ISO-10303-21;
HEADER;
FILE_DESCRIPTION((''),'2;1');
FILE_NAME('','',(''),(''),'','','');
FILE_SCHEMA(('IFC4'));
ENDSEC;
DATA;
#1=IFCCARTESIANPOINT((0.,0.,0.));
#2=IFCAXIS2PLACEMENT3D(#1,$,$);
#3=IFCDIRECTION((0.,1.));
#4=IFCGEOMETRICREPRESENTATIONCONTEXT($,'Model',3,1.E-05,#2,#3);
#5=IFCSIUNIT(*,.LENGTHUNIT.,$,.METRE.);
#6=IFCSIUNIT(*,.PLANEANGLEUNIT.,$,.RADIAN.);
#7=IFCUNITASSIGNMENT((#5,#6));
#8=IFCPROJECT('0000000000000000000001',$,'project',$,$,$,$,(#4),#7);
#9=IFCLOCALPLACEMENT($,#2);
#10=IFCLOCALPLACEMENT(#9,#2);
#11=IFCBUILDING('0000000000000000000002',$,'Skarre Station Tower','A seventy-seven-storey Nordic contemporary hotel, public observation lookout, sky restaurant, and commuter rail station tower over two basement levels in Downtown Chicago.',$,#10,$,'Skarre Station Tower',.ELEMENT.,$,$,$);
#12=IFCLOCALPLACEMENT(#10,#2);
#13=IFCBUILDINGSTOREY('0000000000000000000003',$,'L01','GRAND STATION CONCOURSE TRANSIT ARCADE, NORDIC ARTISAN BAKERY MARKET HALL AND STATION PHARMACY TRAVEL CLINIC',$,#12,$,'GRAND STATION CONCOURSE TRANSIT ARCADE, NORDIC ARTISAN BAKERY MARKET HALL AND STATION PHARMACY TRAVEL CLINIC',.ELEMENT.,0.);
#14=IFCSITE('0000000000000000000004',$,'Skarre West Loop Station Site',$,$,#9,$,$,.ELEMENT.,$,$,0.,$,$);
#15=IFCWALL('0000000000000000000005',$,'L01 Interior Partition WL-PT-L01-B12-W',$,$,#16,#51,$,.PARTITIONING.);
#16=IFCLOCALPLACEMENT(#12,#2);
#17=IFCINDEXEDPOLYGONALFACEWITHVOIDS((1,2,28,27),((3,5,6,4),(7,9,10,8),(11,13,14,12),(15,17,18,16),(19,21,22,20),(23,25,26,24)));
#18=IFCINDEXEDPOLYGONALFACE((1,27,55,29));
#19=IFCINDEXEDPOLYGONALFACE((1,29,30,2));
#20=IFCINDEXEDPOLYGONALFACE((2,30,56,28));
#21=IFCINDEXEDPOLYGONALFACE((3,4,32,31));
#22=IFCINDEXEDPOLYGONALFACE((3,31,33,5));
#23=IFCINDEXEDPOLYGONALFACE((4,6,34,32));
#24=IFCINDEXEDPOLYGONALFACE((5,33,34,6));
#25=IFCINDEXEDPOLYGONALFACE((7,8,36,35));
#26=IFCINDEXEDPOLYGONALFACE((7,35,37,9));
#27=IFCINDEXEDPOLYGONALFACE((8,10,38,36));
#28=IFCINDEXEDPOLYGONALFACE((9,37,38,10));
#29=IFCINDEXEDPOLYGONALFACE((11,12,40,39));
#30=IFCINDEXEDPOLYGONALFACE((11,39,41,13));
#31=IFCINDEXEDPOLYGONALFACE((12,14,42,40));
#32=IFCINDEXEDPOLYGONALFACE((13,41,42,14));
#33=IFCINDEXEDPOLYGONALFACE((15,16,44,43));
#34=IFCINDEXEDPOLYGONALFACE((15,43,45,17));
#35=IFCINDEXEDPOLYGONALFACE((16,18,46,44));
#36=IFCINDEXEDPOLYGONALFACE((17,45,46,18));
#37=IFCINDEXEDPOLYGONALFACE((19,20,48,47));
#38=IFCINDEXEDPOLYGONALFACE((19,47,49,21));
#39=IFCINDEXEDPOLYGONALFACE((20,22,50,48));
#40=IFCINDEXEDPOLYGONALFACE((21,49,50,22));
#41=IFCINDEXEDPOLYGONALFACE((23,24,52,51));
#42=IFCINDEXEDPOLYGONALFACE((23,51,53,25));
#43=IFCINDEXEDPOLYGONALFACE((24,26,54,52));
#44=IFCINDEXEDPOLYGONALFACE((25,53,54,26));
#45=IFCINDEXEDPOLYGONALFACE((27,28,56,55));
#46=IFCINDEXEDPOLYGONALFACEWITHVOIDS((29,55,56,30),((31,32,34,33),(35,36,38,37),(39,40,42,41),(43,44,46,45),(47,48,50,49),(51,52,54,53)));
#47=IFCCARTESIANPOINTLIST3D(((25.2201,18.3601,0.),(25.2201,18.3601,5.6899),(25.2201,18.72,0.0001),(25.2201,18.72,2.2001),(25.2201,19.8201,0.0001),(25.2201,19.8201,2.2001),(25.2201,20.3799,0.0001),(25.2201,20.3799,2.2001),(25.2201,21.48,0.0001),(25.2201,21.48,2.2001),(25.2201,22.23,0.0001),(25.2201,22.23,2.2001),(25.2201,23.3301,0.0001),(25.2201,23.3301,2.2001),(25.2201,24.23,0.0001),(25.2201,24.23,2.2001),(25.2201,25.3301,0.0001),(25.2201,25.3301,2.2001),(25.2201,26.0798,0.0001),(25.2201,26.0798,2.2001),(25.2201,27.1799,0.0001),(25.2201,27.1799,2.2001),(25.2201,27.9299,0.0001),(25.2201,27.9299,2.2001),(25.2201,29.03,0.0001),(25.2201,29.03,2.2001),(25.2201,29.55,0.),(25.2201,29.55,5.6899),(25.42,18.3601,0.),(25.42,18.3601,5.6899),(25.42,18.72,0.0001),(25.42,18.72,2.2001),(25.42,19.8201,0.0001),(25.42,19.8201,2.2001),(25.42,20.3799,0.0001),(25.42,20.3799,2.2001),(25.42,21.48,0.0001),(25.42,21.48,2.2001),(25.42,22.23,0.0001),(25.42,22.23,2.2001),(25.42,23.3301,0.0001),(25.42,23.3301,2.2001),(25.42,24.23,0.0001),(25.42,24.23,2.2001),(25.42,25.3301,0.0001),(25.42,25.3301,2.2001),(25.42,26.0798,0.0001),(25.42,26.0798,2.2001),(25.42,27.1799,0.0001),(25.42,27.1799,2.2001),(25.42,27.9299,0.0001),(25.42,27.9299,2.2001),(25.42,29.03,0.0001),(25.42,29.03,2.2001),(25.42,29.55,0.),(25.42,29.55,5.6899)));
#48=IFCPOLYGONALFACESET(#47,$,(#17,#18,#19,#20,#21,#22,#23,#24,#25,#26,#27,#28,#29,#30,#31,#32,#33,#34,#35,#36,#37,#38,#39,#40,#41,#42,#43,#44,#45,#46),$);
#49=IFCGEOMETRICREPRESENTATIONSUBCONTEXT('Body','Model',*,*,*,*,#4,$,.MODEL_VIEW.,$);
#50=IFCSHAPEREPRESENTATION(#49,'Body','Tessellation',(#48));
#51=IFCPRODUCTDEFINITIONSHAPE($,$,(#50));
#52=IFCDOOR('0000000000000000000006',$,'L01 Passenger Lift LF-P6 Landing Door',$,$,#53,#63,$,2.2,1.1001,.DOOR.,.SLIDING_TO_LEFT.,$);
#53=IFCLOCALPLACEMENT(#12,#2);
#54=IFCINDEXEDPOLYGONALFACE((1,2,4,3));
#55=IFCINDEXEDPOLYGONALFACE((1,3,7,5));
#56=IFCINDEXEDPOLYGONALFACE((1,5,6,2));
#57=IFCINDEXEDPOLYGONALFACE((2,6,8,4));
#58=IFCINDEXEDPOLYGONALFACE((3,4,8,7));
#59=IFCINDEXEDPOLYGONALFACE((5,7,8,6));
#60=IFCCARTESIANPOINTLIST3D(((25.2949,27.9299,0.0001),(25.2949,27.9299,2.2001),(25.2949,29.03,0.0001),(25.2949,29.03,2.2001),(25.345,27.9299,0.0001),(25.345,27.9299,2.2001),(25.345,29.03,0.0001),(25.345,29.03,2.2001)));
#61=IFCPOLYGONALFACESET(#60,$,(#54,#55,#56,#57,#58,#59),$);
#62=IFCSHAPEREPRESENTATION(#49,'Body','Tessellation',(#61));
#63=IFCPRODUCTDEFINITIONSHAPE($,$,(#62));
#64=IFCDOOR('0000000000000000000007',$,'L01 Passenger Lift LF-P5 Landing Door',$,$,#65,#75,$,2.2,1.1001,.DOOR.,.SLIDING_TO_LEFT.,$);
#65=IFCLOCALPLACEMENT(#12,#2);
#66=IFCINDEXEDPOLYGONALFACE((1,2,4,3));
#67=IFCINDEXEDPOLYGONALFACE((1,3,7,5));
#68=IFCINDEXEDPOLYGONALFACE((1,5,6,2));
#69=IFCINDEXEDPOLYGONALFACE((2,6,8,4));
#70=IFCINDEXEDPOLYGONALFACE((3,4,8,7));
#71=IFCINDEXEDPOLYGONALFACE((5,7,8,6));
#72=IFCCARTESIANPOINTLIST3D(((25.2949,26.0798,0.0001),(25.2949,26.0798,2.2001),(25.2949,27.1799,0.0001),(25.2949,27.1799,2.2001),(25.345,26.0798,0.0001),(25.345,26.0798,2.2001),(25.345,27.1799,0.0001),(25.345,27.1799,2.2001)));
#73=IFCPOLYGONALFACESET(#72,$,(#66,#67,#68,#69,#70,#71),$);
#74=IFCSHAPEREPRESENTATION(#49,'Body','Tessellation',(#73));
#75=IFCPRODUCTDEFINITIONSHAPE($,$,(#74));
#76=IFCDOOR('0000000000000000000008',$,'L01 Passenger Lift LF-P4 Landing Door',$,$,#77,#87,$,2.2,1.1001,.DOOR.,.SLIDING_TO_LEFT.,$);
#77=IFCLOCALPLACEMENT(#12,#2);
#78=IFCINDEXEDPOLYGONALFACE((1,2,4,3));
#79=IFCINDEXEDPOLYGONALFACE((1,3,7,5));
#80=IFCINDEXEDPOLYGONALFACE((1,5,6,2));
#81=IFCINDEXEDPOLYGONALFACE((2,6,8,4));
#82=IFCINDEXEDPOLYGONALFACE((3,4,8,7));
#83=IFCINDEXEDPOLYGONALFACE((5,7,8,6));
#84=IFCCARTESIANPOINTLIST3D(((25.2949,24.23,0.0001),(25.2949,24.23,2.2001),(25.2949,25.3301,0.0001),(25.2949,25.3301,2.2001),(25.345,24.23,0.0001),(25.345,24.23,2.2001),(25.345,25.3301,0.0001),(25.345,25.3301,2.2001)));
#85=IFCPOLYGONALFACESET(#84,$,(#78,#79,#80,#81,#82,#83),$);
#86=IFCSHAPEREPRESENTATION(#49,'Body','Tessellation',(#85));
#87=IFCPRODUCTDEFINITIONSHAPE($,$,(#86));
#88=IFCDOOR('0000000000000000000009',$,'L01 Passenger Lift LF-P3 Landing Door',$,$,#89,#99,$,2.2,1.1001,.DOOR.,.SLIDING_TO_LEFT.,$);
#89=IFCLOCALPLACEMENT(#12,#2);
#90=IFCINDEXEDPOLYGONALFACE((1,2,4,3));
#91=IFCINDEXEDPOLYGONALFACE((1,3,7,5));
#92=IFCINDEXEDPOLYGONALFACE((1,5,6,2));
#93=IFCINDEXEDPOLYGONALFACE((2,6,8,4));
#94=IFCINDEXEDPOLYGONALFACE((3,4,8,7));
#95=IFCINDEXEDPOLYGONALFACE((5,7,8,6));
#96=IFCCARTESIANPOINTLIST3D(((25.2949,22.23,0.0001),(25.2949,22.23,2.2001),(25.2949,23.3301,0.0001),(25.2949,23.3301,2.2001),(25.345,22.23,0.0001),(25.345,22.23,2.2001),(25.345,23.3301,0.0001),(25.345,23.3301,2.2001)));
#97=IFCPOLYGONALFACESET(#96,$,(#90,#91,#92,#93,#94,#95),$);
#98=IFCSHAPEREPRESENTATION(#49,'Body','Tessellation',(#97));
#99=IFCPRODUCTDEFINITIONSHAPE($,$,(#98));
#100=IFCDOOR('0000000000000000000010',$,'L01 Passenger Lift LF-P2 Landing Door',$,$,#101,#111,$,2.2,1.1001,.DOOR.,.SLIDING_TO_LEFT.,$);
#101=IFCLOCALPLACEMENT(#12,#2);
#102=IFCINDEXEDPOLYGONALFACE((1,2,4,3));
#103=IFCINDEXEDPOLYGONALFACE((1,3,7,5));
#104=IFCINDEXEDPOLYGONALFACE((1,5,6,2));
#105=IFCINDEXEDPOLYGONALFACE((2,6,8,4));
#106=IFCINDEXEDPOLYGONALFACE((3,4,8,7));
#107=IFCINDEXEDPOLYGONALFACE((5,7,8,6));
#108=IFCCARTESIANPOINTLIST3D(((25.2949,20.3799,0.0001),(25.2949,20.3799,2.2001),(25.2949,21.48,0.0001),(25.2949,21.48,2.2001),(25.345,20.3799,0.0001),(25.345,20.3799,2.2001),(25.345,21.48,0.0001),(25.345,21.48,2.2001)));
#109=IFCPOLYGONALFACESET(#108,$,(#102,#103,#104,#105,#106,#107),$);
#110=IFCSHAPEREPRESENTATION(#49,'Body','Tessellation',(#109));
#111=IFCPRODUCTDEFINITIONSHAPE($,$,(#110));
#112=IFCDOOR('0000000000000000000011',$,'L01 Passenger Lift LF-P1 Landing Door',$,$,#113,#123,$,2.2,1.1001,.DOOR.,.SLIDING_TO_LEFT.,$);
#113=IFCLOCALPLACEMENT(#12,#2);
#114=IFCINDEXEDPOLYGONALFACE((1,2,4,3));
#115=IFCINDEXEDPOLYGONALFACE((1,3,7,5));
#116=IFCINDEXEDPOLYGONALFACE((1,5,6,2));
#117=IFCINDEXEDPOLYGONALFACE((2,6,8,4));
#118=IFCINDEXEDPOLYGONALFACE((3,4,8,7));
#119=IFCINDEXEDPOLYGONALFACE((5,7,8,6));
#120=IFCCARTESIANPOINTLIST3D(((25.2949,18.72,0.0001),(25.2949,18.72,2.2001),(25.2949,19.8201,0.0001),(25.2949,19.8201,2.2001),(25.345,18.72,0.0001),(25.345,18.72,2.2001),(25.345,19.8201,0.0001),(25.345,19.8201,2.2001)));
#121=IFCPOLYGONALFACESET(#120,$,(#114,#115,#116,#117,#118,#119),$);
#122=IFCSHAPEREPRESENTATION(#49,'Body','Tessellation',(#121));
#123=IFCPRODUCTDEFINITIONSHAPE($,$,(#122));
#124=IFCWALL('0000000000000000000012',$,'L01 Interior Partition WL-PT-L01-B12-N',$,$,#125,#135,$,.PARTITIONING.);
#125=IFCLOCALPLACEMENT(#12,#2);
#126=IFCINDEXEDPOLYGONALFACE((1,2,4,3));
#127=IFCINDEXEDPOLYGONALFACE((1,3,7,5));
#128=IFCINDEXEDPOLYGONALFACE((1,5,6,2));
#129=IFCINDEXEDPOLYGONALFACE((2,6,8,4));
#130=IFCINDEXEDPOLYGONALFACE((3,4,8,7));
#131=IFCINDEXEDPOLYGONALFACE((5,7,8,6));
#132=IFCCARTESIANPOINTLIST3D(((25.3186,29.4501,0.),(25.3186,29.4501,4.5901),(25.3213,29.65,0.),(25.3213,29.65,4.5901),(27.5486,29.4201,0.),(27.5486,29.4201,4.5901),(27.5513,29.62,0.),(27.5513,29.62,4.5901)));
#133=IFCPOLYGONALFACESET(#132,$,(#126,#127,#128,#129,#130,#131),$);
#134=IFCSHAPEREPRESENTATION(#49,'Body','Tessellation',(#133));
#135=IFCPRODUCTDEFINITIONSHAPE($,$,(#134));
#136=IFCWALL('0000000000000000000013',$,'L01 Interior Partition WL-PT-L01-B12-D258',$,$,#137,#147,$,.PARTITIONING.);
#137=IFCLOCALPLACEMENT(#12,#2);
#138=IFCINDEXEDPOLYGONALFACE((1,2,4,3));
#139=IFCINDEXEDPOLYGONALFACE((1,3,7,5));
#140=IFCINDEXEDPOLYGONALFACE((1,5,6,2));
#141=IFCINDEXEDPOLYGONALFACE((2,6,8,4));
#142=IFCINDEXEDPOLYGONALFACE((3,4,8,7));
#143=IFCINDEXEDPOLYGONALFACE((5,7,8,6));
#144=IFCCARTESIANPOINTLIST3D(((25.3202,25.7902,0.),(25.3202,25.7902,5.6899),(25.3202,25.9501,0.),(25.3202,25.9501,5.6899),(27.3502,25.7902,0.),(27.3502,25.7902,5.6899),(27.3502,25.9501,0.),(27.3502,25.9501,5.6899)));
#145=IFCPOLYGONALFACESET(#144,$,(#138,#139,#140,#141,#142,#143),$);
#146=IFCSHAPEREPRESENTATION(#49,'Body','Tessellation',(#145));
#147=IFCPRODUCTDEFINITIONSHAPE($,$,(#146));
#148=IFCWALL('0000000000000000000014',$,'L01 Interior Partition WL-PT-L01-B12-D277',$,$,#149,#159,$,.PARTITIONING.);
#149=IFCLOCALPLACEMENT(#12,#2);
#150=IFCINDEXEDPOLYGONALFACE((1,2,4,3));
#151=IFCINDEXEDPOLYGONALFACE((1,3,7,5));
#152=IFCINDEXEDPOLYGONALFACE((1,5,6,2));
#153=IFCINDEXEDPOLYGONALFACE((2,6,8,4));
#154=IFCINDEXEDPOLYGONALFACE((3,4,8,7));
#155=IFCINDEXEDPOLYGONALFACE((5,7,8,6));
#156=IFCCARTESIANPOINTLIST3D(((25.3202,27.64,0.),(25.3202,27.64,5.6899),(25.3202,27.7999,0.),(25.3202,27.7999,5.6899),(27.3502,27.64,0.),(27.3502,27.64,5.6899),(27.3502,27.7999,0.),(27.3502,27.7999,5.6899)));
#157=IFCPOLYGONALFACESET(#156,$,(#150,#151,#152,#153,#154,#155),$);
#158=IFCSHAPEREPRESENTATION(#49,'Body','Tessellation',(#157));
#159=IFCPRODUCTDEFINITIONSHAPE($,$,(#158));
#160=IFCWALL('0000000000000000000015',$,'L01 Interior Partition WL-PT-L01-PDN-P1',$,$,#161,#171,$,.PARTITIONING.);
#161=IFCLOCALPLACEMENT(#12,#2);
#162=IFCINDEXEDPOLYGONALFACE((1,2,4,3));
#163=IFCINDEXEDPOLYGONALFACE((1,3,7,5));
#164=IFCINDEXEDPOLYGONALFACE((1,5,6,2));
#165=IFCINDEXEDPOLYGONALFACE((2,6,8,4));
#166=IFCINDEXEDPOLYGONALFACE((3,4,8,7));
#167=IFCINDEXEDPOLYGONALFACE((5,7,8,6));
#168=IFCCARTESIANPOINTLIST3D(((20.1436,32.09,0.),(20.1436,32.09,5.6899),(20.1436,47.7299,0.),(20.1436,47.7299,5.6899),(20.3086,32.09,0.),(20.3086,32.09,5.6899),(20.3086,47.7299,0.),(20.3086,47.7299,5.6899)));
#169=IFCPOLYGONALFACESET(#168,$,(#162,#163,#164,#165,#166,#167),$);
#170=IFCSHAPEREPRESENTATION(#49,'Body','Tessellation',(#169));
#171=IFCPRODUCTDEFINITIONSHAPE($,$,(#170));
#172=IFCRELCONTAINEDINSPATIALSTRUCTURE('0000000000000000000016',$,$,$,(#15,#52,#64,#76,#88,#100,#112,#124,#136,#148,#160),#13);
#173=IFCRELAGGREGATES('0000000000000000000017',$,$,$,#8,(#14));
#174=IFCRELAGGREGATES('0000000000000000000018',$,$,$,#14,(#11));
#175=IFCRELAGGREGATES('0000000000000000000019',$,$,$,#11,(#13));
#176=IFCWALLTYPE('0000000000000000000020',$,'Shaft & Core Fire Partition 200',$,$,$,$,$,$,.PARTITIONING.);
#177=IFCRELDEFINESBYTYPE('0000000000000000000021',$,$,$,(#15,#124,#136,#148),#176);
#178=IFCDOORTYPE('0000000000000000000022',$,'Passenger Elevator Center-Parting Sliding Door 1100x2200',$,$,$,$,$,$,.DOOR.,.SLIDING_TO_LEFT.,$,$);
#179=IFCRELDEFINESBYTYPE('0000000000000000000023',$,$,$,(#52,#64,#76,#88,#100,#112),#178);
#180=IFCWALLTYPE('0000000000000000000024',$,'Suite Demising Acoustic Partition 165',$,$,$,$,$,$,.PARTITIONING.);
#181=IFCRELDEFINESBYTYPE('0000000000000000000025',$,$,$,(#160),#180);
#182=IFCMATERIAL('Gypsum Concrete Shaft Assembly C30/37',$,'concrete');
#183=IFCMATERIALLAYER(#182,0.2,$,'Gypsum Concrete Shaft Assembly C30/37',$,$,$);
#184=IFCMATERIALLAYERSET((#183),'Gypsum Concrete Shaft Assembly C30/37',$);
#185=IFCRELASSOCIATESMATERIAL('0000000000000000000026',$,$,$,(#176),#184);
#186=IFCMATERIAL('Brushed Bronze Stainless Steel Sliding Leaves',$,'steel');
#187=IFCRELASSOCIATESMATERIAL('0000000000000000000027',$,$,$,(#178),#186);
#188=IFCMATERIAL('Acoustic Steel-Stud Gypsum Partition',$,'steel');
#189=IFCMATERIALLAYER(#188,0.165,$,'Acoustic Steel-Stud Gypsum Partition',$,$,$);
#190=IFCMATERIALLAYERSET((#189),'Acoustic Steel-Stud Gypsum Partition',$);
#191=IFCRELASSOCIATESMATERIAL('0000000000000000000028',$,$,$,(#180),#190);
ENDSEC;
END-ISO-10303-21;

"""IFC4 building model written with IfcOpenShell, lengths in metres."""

from ifc_helpers import new_model, si_unit, direction, frame, frame_2d, origin, place, context, subcontext, project, spatial, rectangle, extrude, material, layer, layer_set, type_object, element, fill, save


model = new_model("IFC4")

# Units and contexts
model_context = context("Model", 3, precision=1e-05, world=origin(), true_north=direction((0.0, 1.0)))
body_context = subcontext(model_context, "Body", "Model", "MODEL_VIEW")
ifc_project = project(units=[si_unit("LENGTHUNIT", "METRE"), si_unit("PLANEANGLEUNIT", "RADIAN")], contexts=[model_context])

# Site, building, storey
site_placement = place(None, origin())
site = spatial("IfcSite", under=ifc_project, at=site_placement, Name="Skarre West Loop Station Site", CompositionType="ELEMENT", RefElevation=0.0)
building_placement = place(site_placement, origin())
building = spatial("IfcBuilding", under=site, at=building_placement, Name="Skarre Station Tower", Description="A seventy-seven-storey Nordic contemporary hotel, public observation lookout, sky restaurant, and commuter rail station tower over two basement levels in Downtown Chicago.", LongName="Skarre Station Tower", CompositionType="ELEMENT")
storey_placement = place(building_placement, origin())
storey = spatial("IfcBuildingStorey", under=building, at=storey_placement, Name="L01", Description="GRAND STATION CONCOURSE TRANSIT ARCADE, NORDIC ARTISAN BAKERY MARKET HALL AND STATION PHARMACY TRAVEL CLINIC", LongName="GRAND STATION CONCOURSE TRANSIT ARCADE, NORDIC ARTISAN BAKERY MARKET HALL AND STATION PHARMACY TRAVEL CLINIC", CompositionType="ELEMENT", Elevation=0.0)

# Shared definitions
ifc_material_1 = material(Name="Acoustic Steel-Stud Gypsum Partition", Category="steel")

# Shared definitions
ifc_material_2 = material(Name="Gypsum Concrete Shaft Assembly C30/37", Category="concrete")
ifc_layer_1 = layer(ifc_material_2, 0.2, Name="Gypsum Concrete Shaft Assembly C30/37")
ifc_layer_set_1 = layer_set([ifc_layer_1], Name="Gypsum Concrete Shaft Assembly C30/37")
wall_type_1 = type_object("IfcWallType", Name="Shaft & Core Fire Partition 200", PredefinedType="PARTITIONING", material=ifc_layer_set_1)

# Wall, openings, doors
wall_1_placement = place(storey_placement, frame((25.3201, 29.55, 0.0), z_axis=(0.0, 0.0, 1.0), x_axis=(0.0, -1.0, 0.0)))
wall_1 = element("IfcWall", 1, at=wall_1_placement, inside=storey, type_object=wall_type_1, Name="L01 Interior Partition WL-PT-L01-B12-W", PredefinedType="PARTITIONING", context=body_context, shape_type="SweptSolid", body=[
    extrude(rectangle(XDim=11.1899, YDim=0.2, at=frame_2d((5.595, 0.0))), origin(), (0.0, 0.0, 1.0), 5.6899),
])
opening_1_placement = place(wall_1_placement, frame((0.52, 0.0, 0.0)))
opening_1 = element("IfcOpeningElement", 2, at=opening_1_placement, cuts=wall_1, PredefinedType="OPENING", context=body_context, shape_type="SweptSolid", body=[
    extrude(rectangle(XDim=1.1001, YDim=2.2, at=frame_2d((0.55, 1.1001))), frame((0.0, 0.1099, 0.0), z_axis=(0.0, -1.0, 0.0), x_axis=(1.0, 0.0, 0.0)), (0.0, 0.0, 1.0), 0.22),
])
opening_2_placement = place(wall_1_placement, frame((2.3701, 0.0, 0.0)))
opening_2 = element("IfcOpeningElement", 3, at=opening_2_placement, cuts=wall_1, PredefinedType="OPENING", context=body_context, shape_type="SweptSolid", body=[
    extrude(rectangle(XDim=1.1001, YDim=2.2, at=frame_2d((0.55, 1.1001))), frame((0.0, 0.1099, 0.0), z_axis=(0.0, -1.0, 0.0), x_axis=(1.0, 0.0, 0.0)), (0.0, 0.0, 1.0), 0.22),
])
opening_3_placement = place(wall_1_placement, frame((4.22, 0.0, 0.0)))
opening_3 = element("IfcOpeningElement", 4, at=opening_3_placement, cuts=wall_1, PredefinedType="OPENING", context=body_context, shape_type="SweptSolid", body=[
    extrude(rectangle(XDim=1.1001, YDim=2.2, at=frame_2d((0.55, 1.1001))), frame((0.0, 0.1099, 0.0), z_axis=(0.0, -1.0, 0.0), x_axis=(1.0, 0.0, 0.0)), (0.0, 0.0, 1.0), 0.22),
])
opening_4_placement = place(wall_1_placement, frame((6.22, 0.0, 0.0)))
opening_4 = element("IfcOpeningElement", 5, at=opening_4_placement, cuts=wall_1, PredefinedType="OPENING", context=body_context, shape_type="SweptSolid", body=[
    extrude(rectangle(XDim=1.1001, YDim=2.2, at=frame_2d((0.55, 1.1001))), frame((0.0, 0.1099, 0.0), z_axis=(0.0, -1.0, 0.0), x_axis=(1.0, 0.0, 0.0)), (0.0, 0.0, 1.0), 0.22),
])
opening_5_placement = place(wall_1_placement, frame((8.0701, 0.0, 0.0)))
opening_5 = element("IfcOpeningElement", 6, at=opening_5_placement, cuts=wall_1, PredefinedType="OPENING", context=body_context, shape_type="SweptSolid", body=[
    extrude(rectangle(XDim=1.1001, YDim=2.2, at=frame_2d((0.55, 1.1001))), frame((0.0, 0.1099, 0.0), z_axis=(0.0, -1.0, 0.0), x_axis=(1.0, 0.0, 0.0)), (0.0, 0.0, 1.0), 0.22),
])
opening_6_placement = place(wall_1_placement, frame((9.73, 0.0, 0.0)))
opening_6 = element("IfcOpeningElement", 7, at=opening_6_placement, cuts=wall_1, PredefinedType="OPENING", context=body_context, shape_type="SweptSolid", body=[
    extrude(rectangle(XDim=1.1001, YDim=2.2, at=frame_2d((0.55, 1.1001))), frame((0.0, 0.1099, 0.0), z_axis=(0.0, -1.0, 0.0), x_axis=(1.0, 0.0, 0.0)), (0.0, 0.0, 1.0), 0.22),
])
ifc_material_3 = material(Name="Brushed Bronze Stainless Steel Sliding Leaves", Category="steel")
door_type_1 = type_object("IfcDoorType", Name="Passenger Elevator Center-Parting Sliding Door 1100x2200", OperationType="SLIDING_TO_LEFT", PredefinedType="DOOR", material=ifc_material_3)
door_1_placement = place(opening_1_placement, origin())
door_1 = element("IfcDoor", 8, at=door_1_placement, inside=storey, type_object=door_type_1, Name="L01 Passenger Lift LF-P6 Landing Door", OperationType="SLIDING_TO_LEFT", OverallHeight=2.2, OverallWidth=1.1001, PredefinedType="DOOR", context=body_context, shape_type="SweptSolid", body=[
    extrude(rectangle(XDim=1.1001, YDim=2.2, at=frame_2d((0.55, 1.1001))), frame((0.0, 0.0249, 0.0), z_axis=(0.0, -1.0, 0.0), x_axis=(1.0, 0.0, 0.0)), (0.0, 0.0, 1.0), 0.05),
])
fill(opening_1, door_1)
door_2_placement = place(opening_2_placement, origin())
door_2 = element("IfcDoor", 9, at=door_2_placement, inside=storey, type_object=door_type_1, Name="L01 Passenger Lift LF-P5 Landing Door", OperationType="SLIDING_TO_LEFT", OverallHeight=2.2, OverallWidth=1.1001, PredefinedType="DOOR", context=body_context, shape_type="SweptSolid", body=[
    extrude(rectangle(XDim=1.1001, YDim=2.2, at=frame_2d((0.55, 1.1001))), frame((0.0, 0.0249, 0.0), z_axis=(0.0, -1.0, 0.0), x_axis=(1.0, 0.0, 0.0)), (0.0, 0.0, 1.0), 0.05),
])
fill(opening_2, door_2)
door_3_placement = place(opening_3_placement, origin())
door_3 = element("IfcDoor", 10, at=door_3_placement, inside=storey, type_object=door_type_1, Name="L01 Passenger Lift LF-P4 Landing Door", OperationType="SLIDING_TO_LEFT", OverallHeight=2.2, OverallWidth=1.1001, PredefinedType="DOOR", context=body_context, shape_type="SweptSolid", body=[
    extrude(rectangle(XDim=1.1001, YDim=2.2, at=frame_2d((0.55, 1.1001))), frame((0.0, 0.0249, 0.0), z_axis=(0.0, -1.0, 0.0), x_axis=(1.0, 0.0, 0.0)), (0.0, 0.0, 1.0), 0.05),
])
fill(opening_3, door_3)
door_4_placement = place(opening_4_placement, origin())
door_4 = element("IfcDoor", 11, at=door_4_placement, inside=storey, type_object=door_type_1, Name="L01 Passenger Lift LF-P3 Landing Door", OperationType="SLIDING_TO_LEFT", OverallHeight=2.2, OverallWidth=1.1001, PredefinedType="DOOR", context=body_context, shape_type="SweptSolid", body=[
    extrude(rectangle(XDim=1.1001, YDim=2.2, at=frame_2d((0.55, 1.1001))), frame((0.0, 0.0249, 0.0), z_axis=(0.0, -1.0, 0.0), x_axis=(1.0, 0.0, 0.0)), (0.0, 0.0, 1.0), 0.05),
])
fill(opening_4, door_4)
door_5_placement = place(opening_5_placement, origin())
door_5 = element("IfcDoor", 12, at=door_5_placement, inside=storey, type_object=door_type_1, Name="L01 Passenger Lift LF-P2 Landing Door", OperationType="SLIDING_TO_LEFT", OverallHeight=2.2, OverallWidth=1.1001, PredefinedType="DOOR", context=body_context, shape_type="SweptSolid", body=[
    extrude(rectangle(XDim=1.1001, YDim=2.2, at=frame_2d((0.55, 1.1001))), frame((0.0, 0.0249, 0.0), z_axis=(0.0, -1.0, 0.0), x_axis=(1.0, 0.0, 0.0)), (0.0, 0.0, 1.0), 0.05),
])
fill(opening_5, door_5)
door_6_placement = place(opening_6_placement, origin())
door_6 = element("IfcDoor", 13, at=door_6_placement, inside=storey, type_object=door_type_1, Name="L01 Passenger Lift LF-P1 Landing Door", OperationType="SLIDING_TO_LEFT", OverallHeight=2.2, OverallWidth=1.1001, PredefinedType="DOOR", context=body_context, shape_type="SweptSolid", body=[
    extrude(rectangle(XDim=1.1001, YDim=2.2, at=frame_2d((0.55, 1.1001))), frame((0.0, 0.0249, 0.0), z_axis=(0.0, -1.0, 0.0), x_axis=(1.0, 0.0, 0.0)), (0.0, 0.0, 1.0), 0.05),
])
fill(opening_6, door_6)

# Walls
wall_2_placement = place(storey_placement, frame((27.55, 29.52, 0.0), z_axis=(0.0, 0.0, 1.0), x_axis=(-0.999909, 0.013465, 0.0)))
element("IfcWall", 14, at=wall_2_placement, inside=storey, type_object=wall_type_1, Name="L01 Interior Partition WL-PT-L01-B12-N", PredefinedType="PARTITIONING", context=body_context, shape_type="SweptSolid", body=[
    extrude(rectangle(XDim=2.2302, YDim=0.2, at=frame_2d((1.1152, 0.0))), origin(), (0.0, 0.0, 1.0), 4.5901),
])
for number, where, z_axis, x_axis, name in (
    (15, (25.3201, 25.8701, 0.0), (0.0, 0.0, 1.0), (1.0, 0.0, 0.0), "L01 Interior Partition WL-PT-L01-B12-D258"),
    (16, (25.3201, 27.72, 0.0), (0.0, 0.0, 1.0), (1.0, 0.0, 0.0), "L01 Interior Partition WL-PT-L01-B12-D277"),
):
    element("IfcWall", number, at=place(storey_placement, frame(where, z_axis=z_axis, x_axis=x_axis)), inside=storey, type_object=wall_type_1, Name=name, PredefinedType="PARTITIONING", context=body_context, shape_type="SweptSolid", body=[
        extrude(rectangle(XDim=2.03, YDim=0.1599, at=frame_2d((1.0151, 0.0))), origin(), (0.0, 0.0, 1.0), 5.6899),
    ])
ifc_layer_2 = layer(ifc_material_1, 0.165, Name="Acoustic Steel-Stud Gypsum Partition")
ifc_layer_set_2 = layer_set([ifc_layer_2], Name="Acoustic Steel-Stud Gypsum Partition")
wall_type_2 = type_object("IfcWallType", Name="Suite Demising Acoustic Partition 165", PredefinedType="PARTITIONING", material=ifc_layer_set_2)
wall_3_placement = place(storey_placement, frame((20.2261, 32.0901, 0.0), z_axis=(0.0, 0.0, 1.0), x_axis=(0.0, 1.0, 0.0)))
element("IfcWall", 17, at=wall_3_placement, inside=storey, type_object=wall_type_2, Name="L01 Interior Partition WL-PT-L01-PDN-P1", PredefinedType="PARTITIONING", context=body_context, shape_type="SweptSolid", body=[
    extrude(rectangle(XDim=15.6399, YDim=0.165, at=frame_2d((7.8198, 0.0))), origin(), (0.0, 0.0, 1.0), 5.6899),
])

save(model, "model.ifc")
